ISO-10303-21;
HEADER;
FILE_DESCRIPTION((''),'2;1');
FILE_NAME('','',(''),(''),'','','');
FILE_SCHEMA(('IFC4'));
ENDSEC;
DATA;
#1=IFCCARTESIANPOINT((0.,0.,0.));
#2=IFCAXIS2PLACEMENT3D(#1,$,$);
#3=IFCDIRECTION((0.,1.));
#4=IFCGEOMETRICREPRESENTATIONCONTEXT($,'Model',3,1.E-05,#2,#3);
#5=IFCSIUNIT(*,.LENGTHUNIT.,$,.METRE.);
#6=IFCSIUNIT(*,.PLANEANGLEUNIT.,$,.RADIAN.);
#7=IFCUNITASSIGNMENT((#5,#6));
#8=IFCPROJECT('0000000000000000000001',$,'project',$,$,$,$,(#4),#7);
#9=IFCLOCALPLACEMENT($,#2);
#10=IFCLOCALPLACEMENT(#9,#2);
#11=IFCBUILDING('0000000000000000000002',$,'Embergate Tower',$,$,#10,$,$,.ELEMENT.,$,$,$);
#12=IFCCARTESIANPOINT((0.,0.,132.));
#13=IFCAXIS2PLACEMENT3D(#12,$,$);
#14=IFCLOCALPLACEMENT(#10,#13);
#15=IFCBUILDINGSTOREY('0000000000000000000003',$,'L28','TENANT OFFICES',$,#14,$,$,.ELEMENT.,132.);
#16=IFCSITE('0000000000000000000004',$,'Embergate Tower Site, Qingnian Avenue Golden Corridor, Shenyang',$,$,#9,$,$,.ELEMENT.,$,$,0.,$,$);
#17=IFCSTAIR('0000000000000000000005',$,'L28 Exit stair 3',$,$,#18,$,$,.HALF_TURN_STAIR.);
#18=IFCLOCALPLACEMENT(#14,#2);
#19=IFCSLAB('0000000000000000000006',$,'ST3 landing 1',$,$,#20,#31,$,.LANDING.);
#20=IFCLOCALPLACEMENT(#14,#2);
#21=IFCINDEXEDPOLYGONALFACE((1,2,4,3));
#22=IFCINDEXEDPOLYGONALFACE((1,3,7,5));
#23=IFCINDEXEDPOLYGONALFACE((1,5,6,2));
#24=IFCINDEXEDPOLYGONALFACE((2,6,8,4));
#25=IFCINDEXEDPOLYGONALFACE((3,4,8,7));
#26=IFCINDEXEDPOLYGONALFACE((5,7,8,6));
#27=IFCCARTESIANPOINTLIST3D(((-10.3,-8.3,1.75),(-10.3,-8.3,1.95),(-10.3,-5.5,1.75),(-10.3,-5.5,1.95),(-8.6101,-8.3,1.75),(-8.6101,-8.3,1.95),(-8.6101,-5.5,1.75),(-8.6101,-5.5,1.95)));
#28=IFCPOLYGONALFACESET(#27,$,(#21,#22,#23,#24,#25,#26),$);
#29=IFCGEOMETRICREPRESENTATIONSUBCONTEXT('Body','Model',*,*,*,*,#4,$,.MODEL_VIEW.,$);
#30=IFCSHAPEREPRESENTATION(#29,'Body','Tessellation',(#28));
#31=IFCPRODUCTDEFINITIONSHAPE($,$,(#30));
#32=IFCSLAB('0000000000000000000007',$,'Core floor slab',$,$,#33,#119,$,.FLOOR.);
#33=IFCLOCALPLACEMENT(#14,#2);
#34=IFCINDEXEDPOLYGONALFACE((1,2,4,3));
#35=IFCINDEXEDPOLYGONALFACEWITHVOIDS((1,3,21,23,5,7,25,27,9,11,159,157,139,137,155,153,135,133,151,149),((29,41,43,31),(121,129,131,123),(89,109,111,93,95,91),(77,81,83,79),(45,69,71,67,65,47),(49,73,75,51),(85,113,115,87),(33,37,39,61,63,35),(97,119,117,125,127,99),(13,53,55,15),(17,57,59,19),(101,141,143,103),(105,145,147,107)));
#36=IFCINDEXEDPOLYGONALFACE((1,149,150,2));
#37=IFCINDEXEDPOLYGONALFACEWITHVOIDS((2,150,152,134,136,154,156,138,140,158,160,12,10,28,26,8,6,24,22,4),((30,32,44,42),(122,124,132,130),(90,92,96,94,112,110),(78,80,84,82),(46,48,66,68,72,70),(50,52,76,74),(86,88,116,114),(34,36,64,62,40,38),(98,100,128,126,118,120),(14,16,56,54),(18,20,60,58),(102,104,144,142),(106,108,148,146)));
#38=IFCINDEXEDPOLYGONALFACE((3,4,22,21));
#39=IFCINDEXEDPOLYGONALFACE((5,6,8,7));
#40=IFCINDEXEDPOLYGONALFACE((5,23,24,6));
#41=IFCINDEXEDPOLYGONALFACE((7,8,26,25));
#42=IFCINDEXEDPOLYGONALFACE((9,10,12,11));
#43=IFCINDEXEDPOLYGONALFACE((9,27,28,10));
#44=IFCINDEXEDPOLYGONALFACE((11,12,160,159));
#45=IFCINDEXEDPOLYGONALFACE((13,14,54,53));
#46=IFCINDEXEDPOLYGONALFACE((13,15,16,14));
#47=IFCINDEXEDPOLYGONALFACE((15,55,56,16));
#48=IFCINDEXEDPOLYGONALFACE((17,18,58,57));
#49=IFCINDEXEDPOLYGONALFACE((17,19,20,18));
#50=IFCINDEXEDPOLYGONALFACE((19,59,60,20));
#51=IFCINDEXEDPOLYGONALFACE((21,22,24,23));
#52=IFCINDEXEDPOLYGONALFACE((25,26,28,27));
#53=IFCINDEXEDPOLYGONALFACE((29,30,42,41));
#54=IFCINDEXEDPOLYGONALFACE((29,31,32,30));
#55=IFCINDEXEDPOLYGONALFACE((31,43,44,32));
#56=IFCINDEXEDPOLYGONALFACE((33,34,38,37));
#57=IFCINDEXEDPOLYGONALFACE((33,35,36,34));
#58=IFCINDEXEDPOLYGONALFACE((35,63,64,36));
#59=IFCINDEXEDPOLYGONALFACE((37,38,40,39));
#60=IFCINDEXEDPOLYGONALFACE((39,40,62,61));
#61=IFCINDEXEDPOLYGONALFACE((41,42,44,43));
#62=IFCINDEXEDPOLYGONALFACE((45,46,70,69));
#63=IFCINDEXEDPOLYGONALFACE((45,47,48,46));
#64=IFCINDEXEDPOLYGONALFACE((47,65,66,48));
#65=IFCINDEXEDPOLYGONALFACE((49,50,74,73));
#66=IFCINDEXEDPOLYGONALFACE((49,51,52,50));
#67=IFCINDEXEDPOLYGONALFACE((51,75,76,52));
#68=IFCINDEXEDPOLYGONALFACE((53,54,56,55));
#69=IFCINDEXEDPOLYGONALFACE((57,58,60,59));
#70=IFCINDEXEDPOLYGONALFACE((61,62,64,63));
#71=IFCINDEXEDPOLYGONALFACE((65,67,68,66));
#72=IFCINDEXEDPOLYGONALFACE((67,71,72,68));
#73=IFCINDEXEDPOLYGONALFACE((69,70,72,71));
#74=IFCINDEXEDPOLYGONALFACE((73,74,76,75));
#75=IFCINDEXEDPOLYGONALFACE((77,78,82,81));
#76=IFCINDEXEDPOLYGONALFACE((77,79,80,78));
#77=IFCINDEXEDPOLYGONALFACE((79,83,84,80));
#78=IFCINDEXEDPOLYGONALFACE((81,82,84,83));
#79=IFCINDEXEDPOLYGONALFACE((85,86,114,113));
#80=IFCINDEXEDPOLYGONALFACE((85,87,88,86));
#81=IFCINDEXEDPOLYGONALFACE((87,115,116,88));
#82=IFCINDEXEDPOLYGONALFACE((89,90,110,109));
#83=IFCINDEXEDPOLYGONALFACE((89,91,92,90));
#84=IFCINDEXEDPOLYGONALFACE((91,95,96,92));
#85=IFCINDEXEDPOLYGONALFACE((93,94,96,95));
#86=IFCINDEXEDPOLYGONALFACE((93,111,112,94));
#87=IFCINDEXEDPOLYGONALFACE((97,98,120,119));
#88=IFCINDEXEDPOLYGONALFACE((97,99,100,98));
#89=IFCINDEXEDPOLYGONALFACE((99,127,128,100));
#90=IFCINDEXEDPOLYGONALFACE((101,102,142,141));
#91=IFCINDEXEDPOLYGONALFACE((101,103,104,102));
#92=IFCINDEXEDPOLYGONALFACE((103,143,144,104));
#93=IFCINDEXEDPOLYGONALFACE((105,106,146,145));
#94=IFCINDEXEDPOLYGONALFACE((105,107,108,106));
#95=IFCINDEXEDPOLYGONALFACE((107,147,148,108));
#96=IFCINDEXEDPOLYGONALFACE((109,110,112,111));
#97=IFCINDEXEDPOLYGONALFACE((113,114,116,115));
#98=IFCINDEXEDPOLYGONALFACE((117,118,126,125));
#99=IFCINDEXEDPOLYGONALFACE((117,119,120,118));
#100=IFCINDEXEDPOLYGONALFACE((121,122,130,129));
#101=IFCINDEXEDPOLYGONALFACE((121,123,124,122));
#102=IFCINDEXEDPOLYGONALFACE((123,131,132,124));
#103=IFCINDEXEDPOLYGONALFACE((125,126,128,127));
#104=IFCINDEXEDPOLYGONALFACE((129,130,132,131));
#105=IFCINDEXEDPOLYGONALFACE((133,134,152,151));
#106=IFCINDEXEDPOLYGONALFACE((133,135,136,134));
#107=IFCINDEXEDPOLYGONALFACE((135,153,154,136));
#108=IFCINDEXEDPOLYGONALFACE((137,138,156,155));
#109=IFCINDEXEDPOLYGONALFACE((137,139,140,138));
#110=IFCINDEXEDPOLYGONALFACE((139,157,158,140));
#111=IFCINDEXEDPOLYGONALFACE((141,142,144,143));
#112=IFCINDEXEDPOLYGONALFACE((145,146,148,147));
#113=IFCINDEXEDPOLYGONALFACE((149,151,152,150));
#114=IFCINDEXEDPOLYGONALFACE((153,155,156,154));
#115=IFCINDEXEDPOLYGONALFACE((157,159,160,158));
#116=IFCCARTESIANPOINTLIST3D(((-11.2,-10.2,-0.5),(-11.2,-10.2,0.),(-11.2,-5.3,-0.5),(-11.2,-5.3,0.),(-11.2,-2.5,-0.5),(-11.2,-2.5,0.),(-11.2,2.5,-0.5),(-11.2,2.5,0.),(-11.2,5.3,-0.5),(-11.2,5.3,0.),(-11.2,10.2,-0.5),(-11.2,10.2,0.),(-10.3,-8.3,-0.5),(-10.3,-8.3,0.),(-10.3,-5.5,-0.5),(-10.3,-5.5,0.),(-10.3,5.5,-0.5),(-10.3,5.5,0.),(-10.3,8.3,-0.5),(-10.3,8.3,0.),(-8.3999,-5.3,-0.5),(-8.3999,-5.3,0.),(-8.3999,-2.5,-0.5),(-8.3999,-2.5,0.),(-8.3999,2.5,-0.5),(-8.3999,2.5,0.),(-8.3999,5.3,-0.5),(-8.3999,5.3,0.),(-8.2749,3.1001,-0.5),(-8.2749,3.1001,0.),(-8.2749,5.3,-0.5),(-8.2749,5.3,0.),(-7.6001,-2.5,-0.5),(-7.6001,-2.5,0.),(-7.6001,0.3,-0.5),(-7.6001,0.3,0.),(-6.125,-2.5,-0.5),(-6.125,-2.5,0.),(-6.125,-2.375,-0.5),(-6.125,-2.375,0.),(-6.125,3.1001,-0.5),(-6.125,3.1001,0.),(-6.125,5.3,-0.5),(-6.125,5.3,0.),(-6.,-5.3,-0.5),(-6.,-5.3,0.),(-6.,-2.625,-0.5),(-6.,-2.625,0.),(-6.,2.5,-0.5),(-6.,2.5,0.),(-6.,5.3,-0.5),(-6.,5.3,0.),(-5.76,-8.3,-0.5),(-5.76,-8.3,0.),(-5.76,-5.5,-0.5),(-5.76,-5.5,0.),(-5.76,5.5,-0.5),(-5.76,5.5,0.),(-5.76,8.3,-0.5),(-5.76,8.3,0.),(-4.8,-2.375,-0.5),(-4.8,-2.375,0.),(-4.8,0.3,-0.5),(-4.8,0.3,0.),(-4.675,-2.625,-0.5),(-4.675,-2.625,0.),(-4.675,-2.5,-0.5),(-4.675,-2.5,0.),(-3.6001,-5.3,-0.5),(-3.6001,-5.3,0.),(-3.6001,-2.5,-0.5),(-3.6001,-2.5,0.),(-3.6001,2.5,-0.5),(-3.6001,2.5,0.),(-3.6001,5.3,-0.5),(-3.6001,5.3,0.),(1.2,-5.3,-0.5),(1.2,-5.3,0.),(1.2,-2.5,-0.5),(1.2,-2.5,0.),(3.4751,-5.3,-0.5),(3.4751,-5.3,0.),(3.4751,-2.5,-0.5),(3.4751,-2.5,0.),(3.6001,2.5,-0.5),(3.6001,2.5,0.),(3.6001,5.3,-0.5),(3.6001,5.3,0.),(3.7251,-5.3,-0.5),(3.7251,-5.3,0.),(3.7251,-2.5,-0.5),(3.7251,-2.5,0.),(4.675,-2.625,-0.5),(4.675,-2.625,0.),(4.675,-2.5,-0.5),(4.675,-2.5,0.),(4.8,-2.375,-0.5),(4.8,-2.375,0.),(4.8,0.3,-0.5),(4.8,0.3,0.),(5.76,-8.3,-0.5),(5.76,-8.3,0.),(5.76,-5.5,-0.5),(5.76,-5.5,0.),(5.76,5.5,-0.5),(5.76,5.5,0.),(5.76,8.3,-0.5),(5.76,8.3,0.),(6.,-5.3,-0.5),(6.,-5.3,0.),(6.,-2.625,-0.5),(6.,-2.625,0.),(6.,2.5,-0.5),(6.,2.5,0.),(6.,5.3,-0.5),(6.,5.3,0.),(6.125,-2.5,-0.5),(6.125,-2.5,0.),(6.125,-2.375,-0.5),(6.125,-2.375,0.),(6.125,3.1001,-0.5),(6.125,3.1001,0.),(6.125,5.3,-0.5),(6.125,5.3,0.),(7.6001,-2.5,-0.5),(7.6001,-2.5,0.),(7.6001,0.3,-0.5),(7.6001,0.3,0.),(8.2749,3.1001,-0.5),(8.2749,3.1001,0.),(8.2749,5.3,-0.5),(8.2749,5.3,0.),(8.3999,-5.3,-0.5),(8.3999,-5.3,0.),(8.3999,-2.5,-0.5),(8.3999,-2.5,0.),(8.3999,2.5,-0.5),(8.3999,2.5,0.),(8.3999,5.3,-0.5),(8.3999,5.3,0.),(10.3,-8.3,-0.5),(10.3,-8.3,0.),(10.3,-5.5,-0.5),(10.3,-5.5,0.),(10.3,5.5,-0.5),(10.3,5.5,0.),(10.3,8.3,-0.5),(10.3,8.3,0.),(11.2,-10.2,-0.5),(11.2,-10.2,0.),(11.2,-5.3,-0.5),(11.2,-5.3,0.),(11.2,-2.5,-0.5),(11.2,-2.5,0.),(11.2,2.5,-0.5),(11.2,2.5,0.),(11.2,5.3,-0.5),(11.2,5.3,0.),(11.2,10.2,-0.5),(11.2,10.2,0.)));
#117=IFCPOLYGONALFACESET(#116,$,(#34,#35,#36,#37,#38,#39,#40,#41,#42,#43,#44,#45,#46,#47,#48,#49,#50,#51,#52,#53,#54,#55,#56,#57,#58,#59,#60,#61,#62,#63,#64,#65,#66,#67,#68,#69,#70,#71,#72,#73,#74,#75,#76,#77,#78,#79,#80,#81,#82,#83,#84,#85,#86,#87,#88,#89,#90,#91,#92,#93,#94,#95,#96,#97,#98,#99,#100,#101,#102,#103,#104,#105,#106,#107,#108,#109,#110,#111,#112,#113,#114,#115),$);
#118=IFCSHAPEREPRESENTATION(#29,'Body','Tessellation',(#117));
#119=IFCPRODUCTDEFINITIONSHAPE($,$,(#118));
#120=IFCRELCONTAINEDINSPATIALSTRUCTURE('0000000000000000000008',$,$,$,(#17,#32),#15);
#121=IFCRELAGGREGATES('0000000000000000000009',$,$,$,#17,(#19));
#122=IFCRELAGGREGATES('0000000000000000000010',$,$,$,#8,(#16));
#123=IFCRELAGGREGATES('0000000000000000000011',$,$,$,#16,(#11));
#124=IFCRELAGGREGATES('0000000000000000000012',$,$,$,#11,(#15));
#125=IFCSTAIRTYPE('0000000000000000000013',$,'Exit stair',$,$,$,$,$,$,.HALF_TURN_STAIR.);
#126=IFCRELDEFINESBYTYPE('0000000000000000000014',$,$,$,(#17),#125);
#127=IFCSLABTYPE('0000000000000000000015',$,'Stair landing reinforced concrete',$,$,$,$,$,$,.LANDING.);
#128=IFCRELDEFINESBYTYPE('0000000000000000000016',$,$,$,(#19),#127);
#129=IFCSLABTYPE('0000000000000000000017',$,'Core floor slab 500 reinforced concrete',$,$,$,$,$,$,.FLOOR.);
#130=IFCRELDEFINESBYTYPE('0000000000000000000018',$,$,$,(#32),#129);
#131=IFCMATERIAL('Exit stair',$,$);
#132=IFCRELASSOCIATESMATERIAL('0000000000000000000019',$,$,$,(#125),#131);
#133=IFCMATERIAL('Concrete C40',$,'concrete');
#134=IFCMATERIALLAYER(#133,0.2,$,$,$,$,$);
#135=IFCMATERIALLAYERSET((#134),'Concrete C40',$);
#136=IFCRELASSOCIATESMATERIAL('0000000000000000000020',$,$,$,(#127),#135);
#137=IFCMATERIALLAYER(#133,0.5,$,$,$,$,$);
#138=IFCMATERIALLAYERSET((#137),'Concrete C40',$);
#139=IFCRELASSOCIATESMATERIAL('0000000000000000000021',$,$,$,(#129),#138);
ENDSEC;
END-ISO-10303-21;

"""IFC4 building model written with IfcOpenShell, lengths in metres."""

from ifc_helpers import new_model, si_unit, direction, frame, origin, place, context, subcontext, project, spatial, polyline, outline, extrude, source, transform, mapped, material, layer, layer_set, type_object, element, aggregate, save


model = new_model("IFC4")

# Units and contexts
model_context = context("Model", 3, precision=1e-05, world=origin(), true_north=direction((0.0, 1.0)))
body_context = subcontext(model_context, "Body", "Model", "MODEL_VIEW")
ifc_project = project(units=[si_unit("LENGTHUNIT", "METRE"), si_unit("PLANEANGLEUNIT", "RADIAN")], contexts=[model_context])

# Site, building, storey
site_placement = place(None, origin())
site = spatial("IfcSite", under=ifc_project, at=site_placement, Name="Embergate Tower Site, Qingnian Avenue Golden Corridor, Shenyang", CompositionType="ELEMENT", RefElevation=0.0)
building_placement = place(site_placement, origin())
building = spatial("IfcBuilding", under=site, at=building_placement, Name="Embergate Tower", CompositionType="ELEMENT")
storey_placement = place(building_placement, frame((0.0, 0.0, 132.0)))
storey = spatial("IfcBuildingStorey", under=building, at=storey_placement, Name="L28", Description="TENANT OFFICES", CompositionType="ELEMENT", Elevation=132.0)

# Stair, slab
ifc_material_1 = material(Name="Exit stair")
stair_type = type_object("IfcStairType", Name="Exit stair", PredefinedType="HALF_TURN_STAIR", material=ifc_material_1)
stair_placement = place(storey_placement, origin())
stair = element("IfcStair", 1, at=stair_placement, inside=storey, type_object=stair_type, Name="L28 Exit stair 3", PredefinedType="HALF_TURN_STAIR")
ifc_material_2 = material(Name="Concrete C40", Category="concrete")
ifc_layer_1 = layer(ifc_material_2, 0.2)
ifc_layer_set_1 = layer_set([ifc_layer_1], Name="Concrete C40")
slab_type_1 = type_object("IfcSlabType", Name="Stair landing reinforced concrete", PredefinedType="LANDING", material=ifc_layer_set_1)
shared_shape_1 = source(origin(), body_context, "Body", "SweptSolid", [
    extrude(outline(polyline([(0.0, 0.0), (1.6899, 0.0), (1.6899, 2.8), (0.0, 2.8), (0.0, 0.0)])), origin(), (0.0, 0.0, 1.0), 0.2),
])
slab_1_placement = place(storey_placement, frame((-10.3, -8.3, 1.75)))
slab_1 = element("IfcSlab", 2, at=slab_1_placement, type_object=slab_type_1, Name="ST3 landing 1", PredefinedType="LANDING", context=body_context, shape_type="MappedRepresentation", body=[
    mapped(shared_shape_1, transform((0.0, 0.0, 0.0))),
])

# Slab
ifc_layer_2 = layer(ifc_material_2, 0.5)
ifc_layer_set_2 = layer_set([ifc_layer_2], Name="Concrete C40")
slab_type_2 = type_object("IfcSlabType", Name="Core floor slab 500 reinforced concrete", PredefinedType="FLOOR", material=ifc_layer_set_2)
shared_shape_2 = source(origin(), body_context, "Body", "SweptSolid", [
    extrude(outline(polyline([(0.0, 0.0), (22.3999, 0.0), (22.3999, 4.8999), (19.5999, 4.8999), (19.5999, 7.7), (22.3999, 7.7), (22.3999, 12.7), (19.5999, 12.7), (19.5999, 15.5), (22.3999, 15.5), (22.3999, 20.3999), (0.0, 20.3999), (0.0, 15.5), (2.8, 15.5), (2.8, 12.7), (0.0, 12.7), (0.0, 7.7), (2.8, 7.7), (2.8, 4.8999), (0.0, 4.8999), (0.0, 0.0)]), holes=[polyline([(0.8999, 1.8999), (0.8999, 4.7), (5.4399, 4.7), (5.4399, 1.8999), (0.8999, 1.8999)]), polyline([(16.96, 1.8999), (16.96, 4.7), (21.5, 4.7), (21.5, 1.8999), (16.96, 1.8999)]), polyline([(5.2, 4.8999), (5.2, 7.575), (6.5249, 7.575), (6.5249, 7.7), (7.5999, 7.7), (7.5999, 4.8999), (5.2, 4.8999)]), polyline([(12.3999, 4.8999), (12.3999, 7.7), (14.675, 7.7), (14.675, 4.8999), (12.3999, 4.8999)]), polyline([(14.925, 4.8999), (14.925, 7.7), (15.875, 7.7), (15.875, 7.575), (17.2, 7.575), (17.2, 4.8999), (14.925, 4.8999)]), polyline([(3.5999, 7.7), (3.5999, 10.5), (6.3999, 10.5), (6.3999, 7.825), (5.075, 7.825), (5.075, 7.7), (3.5999, 7.7)]), polyline([(17.325, 7.7), (17.325, 7.825), (16.0, 7.825), (16.0, 10.5), (18.8, 10.5), (18.8, 7.7), (17.325, 7.7)]), polyline([(5.2, 12.7), (5.2, 15.5), (7.5999, 15.5), (7.5999, 12.7), (5.2, 12.7)]), polyline([(14.8, 12.7), (14.8, 15.5), (17.2, 15.5), (17.2, 12.7), (14.8, 12.7)]), polyline([(2.925, 13.3), (2.925, 15.5), (5.075, 15.5), (5.075, 13.3), (2.925, 13.3)]), polyline([(17.325, 13.3), (17.325, 15.5), (19.4749, 15.5), (19.4749, 13.3), (17.325, 13.3)]), polyline([(0.8999, 15.7), (0.8999, 18.5), (5.4399, 18.5), (5.4399, 15.7), (0.8999, 15.7)]), polyline([(16.96, 15.7), (16.96, 18.5), (21.5, 18.5), (21.5, 15.7), (16.96, 15.7)])]), origin(), (0.0, 0.0, 1.0), 0.5),
])
slab_2_placement = place(storey_placement, frame((-11.2, -10.2, -0.5)))
element("IfcSlab", 3, at=slab_2_placement, inside=storey, type_object=slab_type_2, Name="Core floor slab", PredefinedType="FLOOR", context=body_context, shape_type="MappedRepresentation", body=[
    mapped(shared_shape_2, transform((0.0, 0.0, 0.0))),
])

aggregate(stair, [slab_1])

save(model, "model.ifc")
